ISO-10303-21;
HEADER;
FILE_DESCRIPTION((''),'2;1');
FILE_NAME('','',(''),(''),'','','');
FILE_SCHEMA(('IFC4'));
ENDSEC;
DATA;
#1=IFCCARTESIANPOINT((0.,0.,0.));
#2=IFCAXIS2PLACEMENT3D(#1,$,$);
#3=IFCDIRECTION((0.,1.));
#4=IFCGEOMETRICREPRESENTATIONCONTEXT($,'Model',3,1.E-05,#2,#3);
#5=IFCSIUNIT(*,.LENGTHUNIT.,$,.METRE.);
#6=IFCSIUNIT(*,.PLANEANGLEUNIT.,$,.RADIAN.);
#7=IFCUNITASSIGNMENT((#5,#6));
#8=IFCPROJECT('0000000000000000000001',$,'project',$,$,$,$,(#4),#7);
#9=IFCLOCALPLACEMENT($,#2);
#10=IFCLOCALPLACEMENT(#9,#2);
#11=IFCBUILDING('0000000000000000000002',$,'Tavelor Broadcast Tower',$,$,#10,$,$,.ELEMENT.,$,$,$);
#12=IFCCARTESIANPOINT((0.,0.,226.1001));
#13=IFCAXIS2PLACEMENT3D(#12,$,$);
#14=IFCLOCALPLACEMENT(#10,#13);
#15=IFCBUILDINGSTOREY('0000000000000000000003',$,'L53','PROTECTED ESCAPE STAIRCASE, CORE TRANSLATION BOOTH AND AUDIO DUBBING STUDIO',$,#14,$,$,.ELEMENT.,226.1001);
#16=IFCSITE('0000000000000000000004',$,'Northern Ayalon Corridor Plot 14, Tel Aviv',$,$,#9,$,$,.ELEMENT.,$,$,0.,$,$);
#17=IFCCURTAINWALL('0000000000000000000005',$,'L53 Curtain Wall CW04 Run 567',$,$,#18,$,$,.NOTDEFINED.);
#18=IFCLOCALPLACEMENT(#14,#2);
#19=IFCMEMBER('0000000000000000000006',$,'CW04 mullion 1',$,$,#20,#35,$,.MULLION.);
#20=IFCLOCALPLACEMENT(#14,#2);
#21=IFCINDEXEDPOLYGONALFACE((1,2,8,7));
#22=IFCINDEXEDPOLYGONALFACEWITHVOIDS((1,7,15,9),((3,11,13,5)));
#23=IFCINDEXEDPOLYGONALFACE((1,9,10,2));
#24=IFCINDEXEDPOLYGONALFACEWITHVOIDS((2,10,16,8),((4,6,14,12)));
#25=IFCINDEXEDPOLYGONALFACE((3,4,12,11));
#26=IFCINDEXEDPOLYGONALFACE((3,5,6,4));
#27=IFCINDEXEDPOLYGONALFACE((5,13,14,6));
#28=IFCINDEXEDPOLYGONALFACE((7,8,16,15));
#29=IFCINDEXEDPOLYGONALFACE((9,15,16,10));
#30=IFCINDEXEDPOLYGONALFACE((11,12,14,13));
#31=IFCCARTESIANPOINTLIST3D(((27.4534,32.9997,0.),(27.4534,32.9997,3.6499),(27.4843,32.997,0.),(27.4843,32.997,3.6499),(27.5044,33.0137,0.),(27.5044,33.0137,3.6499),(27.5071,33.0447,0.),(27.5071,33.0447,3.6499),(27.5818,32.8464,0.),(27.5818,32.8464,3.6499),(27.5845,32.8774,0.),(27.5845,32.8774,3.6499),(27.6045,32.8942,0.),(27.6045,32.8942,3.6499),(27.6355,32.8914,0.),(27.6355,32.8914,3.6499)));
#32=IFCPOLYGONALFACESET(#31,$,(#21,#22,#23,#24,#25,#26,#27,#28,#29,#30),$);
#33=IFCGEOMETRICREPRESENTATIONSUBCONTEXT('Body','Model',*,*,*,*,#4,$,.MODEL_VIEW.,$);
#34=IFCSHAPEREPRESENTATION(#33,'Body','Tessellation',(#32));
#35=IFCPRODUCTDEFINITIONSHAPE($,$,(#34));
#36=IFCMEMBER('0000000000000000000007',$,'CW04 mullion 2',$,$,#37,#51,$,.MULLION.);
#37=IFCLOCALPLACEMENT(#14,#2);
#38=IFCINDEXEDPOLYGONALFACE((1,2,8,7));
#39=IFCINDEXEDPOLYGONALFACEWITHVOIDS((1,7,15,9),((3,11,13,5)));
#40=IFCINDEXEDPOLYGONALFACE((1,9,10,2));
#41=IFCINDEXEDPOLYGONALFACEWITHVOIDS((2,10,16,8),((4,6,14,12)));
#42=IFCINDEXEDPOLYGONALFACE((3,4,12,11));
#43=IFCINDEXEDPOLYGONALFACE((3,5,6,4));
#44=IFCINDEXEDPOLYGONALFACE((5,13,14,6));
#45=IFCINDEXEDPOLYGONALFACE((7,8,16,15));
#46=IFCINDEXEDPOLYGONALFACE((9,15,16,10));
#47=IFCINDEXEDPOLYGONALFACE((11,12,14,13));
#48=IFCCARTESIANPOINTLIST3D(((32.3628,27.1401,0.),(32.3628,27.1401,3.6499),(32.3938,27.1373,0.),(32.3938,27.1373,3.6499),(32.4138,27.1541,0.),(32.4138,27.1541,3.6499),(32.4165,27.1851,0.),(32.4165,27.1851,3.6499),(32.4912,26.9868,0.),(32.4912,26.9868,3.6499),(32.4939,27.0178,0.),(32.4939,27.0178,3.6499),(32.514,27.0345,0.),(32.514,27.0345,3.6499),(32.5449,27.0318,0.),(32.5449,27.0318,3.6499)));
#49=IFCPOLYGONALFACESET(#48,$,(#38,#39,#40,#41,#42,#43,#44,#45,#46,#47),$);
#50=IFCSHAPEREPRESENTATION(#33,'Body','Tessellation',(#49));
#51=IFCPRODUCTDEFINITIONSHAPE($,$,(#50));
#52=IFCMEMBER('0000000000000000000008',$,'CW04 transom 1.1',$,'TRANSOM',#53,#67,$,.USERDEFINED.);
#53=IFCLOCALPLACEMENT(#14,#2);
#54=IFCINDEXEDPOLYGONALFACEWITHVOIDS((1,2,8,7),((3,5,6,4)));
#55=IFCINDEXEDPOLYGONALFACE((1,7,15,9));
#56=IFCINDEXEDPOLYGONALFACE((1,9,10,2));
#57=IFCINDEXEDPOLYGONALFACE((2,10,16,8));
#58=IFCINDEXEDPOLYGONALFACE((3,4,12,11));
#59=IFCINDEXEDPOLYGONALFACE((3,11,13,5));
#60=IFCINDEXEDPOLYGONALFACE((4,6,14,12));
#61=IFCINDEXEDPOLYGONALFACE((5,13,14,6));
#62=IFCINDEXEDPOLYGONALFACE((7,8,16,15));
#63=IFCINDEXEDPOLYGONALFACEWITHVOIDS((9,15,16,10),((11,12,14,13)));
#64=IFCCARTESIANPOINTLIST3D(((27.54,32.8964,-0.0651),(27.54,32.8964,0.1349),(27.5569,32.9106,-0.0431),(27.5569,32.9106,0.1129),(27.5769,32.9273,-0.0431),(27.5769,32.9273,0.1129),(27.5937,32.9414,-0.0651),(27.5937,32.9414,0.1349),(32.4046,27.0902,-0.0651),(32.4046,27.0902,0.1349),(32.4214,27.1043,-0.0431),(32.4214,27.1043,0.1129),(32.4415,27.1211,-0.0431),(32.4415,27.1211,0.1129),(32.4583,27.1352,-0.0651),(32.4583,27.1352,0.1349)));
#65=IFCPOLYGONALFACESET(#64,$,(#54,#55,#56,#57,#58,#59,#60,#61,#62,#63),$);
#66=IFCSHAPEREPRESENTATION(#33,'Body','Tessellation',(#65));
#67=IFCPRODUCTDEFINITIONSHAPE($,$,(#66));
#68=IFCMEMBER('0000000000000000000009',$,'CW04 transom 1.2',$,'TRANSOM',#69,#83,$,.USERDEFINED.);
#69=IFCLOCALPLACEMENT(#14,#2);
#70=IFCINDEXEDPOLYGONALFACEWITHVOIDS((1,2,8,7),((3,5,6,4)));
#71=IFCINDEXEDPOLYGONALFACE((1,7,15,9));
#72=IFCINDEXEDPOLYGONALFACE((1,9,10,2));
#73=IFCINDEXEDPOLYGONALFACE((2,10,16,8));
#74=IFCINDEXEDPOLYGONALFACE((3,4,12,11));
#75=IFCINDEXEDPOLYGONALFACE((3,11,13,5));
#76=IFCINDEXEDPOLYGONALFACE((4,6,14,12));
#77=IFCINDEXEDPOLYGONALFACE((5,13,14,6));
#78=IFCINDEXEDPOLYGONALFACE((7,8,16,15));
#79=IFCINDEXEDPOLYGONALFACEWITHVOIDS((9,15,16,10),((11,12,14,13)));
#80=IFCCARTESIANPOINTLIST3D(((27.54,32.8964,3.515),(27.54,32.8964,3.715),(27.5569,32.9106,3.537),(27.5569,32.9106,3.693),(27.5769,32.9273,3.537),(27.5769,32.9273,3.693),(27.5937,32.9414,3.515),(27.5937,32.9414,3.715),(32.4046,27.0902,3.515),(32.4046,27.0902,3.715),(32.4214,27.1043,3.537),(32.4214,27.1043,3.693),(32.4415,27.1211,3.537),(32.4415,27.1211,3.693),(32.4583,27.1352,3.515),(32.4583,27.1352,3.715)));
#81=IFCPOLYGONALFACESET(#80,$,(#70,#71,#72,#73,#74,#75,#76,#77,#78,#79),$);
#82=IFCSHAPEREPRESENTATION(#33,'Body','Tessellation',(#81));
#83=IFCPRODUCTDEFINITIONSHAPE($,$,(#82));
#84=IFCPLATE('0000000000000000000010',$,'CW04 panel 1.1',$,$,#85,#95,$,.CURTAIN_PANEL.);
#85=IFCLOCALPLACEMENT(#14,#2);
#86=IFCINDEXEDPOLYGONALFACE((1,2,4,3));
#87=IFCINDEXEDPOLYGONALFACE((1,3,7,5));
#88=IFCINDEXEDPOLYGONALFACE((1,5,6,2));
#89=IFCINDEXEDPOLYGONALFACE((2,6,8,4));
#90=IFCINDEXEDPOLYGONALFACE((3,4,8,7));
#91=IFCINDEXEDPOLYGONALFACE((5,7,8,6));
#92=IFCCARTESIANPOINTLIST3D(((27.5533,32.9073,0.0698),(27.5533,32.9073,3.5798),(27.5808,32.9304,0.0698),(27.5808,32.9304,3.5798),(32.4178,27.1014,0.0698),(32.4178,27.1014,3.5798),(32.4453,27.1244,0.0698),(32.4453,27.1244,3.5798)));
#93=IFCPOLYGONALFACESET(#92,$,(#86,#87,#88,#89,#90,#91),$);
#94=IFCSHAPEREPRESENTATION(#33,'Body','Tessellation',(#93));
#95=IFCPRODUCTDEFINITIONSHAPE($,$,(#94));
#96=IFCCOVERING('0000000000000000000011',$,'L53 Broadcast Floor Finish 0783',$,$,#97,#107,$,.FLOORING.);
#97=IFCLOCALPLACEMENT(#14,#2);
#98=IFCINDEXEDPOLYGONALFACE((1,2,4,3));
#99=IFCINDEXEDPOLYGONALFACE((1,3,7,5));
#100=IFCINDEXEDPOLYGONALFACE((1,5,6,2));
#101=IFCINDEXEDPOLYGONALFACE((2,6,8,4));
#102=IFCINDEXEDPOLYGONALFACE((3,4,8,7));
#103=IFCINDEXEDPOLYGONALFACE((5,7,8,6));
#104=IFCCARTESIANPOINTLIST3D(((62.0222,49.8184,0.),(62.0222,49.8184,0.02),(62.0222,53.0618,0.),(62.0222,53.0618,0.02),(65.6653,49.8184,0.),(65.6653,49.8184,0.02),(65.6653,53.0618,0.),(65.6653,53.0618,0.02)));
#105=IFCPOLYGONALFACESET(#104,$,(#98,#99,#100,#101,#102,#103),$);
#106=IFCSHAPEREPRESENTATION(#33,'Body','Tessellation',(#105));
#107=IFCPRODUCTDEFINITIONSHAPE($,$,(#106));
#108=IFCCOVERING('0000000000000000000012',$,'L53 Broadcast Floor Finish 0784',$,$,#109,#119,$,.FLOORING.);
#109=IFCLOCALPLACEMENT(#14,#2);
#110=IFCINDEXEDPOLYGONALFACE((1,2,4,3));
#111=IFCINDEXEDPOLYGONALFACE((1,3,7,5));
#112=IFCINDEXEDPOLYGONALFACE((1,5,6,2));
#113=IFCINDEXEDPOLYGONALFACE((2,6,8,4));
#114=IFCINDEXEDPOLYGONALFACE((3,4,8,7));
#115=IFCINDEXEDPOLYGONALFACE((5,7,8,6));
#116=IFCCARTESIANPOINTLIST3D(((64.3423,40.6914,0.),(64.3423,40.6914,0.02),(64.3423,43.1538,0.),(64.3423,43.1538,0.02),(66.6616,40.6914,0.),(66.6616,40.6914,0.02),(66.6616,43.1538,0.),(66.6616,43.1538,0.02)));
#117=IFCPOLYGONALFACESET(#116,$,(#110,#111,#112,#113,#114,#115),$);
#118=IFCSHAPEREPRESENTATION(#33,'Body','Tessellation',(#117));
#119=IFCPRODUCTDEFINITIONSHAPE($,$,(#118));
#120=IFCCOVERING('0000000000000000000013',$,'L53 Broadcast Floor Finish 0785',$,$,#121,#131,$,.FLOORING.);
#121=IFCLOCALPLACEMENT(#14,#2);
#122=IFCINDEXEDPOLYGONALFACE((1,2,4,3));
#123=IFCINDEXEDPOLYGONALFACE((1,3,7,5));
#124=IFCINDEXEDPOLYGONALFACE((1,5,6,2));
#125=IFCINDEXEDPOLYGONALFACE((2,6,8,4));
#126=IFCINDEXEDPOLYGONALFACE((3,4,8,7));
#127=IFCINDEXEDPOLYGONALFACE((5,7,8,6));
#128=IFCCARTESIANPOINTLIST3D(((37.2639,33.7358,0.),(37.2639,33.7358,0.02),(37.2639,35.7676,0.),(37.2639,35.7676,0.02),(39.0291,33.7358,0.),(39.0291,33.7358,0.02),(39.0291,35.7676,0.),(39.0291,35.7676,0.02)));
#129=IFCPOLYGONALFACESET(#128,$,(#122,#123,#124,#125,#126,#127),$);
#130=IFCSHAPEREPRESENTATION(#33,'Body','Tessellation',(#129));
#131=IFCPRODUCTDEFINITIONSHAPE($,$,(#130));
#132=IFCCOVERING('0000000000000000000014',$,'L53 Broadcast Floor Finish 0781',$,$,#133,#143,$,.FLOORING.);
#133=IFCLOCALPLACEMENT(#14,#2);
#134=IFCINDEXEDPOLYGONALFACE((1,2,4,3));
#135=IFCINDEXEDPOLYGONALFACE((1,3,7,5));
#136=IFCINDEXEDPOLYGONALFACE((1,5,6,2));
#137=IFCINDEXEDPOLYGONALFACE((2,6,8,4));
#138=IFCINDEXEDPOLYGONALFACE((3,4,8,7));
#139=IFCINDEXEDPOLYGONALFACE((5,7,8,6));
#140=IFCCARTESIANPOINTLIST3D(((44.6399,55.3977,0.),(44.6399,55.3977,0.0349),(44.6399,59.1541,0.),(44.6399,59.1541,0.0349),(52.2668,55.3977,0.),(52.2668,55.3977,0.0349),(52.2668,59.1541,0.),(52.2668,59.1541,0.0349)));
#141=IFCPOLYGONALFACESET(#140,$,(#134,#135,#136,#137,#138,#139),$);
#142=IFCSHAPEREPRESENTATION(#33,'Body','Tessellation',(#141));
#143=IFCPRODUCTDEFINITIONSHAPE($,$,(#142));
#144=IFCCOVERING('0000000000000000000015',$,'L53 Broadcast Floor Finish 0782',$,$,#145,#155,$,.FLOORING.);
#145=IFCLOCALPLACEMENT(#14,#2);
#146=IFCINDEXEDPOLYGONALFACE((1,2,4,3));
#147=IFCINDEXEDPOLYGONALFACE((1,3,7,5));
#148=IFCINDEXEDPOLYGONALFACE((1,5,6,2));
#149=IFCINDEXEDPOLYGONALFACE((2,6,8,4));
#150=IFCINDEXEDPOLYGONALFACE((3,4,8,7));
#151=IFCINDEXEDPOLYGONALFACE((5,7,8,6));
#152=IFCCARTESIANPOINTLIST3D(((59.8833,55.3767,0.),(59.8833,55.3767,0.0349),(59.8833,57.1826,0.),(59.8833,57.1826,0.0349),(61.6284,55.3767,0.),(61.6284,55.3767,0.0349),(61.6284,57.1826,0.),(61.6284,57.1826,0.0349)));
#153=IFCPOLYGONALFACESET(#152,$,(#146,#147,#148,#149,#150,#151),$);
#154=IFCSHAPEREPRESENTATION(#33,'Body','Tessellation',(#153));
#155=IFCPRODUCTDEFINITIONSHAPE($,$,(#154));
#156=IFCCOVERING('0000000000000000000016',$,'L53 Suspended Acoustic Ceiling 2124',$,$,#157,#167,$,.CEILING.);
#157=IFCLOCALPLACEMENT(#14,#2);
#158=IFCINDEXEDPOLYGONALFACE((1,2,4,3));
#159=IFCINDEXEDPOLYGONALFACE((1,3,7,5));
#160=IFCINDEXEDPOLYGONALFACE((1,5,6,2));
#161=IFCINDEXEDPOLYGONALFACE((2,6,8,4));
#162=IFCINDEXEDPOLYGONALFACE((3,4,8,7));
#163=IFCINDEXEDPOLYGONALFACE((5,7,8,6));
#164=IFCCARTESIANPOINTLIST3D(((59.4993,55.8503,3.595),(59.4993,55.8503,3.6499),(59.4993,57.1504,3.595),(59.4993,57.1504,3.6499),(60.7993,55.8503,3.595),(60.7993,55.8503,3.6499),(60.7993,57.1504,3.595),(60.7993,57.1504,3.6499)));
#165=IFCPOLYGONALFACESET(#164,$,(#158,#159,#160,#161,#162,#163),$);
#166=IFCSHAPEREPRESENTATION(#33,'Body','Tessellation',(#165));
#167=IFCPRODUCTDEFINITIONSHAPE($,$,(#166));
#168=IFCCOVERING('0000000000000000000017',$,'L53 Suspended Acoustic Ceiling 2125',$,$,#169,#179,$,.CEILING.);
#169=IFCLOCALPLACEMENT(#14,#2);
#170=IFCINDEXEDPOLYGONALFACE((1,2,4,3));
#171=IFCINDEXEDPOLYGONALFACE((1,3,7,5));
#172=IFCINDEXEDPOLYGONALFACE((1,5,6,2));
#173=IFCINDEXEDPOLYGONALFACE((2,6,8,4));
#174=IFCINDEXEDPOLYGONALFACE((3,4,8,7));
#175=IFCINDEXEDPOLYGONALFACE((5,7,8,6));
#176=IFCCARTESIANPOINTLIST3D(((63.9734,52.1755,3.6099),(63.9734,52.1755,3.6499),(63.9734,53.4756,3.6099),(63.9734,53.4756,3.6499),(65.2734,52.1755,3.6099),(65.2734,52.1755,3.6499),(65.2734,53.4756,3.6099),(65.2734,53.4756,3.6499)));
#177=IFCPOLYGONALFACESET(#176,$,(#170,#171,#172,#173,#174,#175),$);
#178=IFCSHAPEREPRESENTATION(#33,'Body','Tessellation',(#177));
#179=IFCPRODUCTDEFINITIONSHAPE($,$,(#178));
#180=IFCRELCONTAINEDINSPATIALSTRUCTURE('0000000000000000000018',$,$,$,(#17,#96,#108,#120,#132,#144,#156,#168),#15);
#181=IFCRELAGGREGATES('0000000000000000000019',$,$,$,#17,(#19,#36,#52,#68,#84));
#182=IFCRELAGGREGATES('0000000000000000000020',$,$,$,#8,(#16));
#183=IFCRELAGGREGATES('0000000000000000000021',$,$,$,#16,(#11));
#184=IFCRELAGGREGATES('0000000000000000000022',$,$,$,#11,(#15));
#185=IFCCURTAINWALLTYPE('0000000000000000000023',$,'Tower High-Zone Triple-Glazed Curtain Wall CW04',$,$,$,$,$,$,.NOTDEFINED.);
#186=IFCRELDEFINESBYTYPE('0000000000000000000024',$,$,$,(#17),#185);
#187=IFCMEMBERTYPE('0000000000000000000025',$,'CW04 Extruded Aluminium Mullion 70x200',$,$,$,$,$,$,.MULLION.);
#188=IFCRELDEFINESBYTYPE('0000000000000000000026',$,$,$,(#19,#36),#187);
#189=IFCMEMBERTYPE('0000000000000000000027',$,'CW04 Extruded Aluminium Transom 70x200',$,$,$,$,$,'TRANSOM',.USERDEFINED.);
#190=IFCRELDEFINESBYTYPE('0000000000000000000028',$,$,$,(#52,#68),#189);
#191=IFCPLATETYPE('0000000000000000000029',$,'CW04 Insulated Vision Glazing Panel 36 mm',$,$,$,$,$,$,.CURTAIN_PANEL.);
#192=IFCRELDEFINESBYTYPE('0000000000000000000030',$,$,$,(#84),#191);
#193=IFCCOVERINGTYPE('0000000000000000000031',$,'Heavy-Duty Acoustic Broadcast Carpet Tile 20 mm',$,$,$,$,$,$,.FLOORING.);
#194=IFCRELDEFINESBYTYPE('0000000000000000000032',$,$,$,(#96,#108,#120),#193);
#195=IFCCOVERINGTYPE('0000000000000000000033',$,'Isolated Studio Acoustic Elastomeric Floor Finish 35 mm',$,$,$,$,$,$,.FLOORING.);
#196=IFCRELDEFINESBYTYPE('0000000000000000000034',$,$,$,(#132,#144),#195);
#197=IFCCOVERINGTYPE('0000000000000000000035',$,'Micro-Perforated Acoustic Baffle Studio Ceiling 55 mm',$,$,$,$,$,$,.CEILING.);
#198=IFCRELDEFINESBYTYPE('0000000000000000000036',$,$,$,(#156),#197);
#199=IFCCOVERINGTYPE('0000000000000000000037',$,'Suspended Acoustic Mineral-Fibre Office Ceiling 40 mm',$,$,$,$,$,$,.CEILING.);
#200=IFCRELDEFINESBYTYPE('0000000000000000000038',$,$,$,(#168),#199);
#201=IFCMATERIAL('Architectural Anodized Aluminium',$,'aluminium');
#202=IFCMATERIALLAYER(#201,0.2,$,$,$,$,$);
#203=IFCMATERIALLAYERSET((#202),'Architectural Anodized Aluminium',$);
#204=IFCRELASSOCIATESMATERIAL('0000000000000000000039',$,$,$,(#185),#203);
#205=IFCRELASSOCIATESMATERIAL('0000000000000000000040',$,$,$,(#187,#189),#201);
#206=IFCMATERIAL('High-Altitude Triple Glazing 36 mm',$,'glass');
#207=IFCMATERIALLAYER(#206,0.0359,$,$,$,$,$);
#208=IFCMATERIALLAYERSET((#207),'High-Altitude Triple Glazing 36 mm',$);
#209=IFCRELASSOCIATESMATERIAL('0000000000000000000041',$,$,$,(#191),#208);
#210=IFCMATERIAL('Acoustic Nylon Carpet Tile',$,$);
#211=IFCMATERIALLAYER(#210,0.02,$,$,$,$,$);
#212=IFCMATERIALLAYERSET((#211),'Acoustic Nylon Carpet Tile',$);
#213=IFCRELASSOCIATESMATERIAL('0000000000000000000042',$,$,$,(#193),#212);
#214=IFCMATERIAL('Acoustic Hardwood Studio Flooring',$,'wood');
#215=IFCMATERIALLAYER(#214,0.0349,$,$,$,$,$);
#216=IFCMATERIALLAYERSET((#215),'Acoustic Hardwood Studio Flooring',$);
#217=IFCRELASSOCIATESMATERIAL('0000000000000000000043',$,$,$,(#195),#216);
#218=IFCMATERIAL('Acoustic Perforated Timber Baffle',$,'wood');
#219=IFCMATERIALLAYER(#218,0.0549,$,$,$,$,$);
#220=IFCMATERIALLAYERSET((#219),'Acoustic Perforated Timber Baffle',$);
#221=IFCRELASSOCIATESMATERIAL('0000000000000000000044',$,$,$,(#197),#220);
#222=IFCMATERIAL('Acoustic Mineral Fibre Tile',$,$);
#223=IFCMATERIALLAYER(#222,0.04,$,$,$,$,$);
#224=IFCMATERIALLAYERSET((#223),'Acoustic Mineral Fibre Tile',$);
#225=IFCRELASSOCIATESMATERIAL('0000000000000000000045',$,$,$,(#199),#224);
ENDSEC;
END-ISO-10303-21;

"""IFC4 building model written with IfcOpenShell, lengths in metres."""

from ifc_helpers import new_model, si_unit, direction, frame, origin, origin_2d, place, context, subcontext, project, spatial, polyline, rectangle, hollow_rectangle, outline, extrude, source, transform, mapped, material, layer, layer_set, material_profile, profile_set, type_object, type_shapes, element, aggregate, save


model = new_model("IFC4")

# Units and contexts
model_context = context("Model", 3, precision=1e-05, world=origin(), true_north=direction((0.0, 1.0)))
body_context = subcontext(model_context, "Body", "Model", "MODEL_VIEW")
ifc_project = project(units=[si_unit("LENGTHUNIT", "METRE"), si_unit("PLANEANGLEUNIT", "RADIAN")], contexts=[model_context])

# Site, building, storey
site_placement = place(None, origin())
site = spatial("IfcSite", under=ifc_project, at=site_placement, Name="Northern Ayalon Corridor Plot 14, Tel Aviv", CompositionType="ELEMENT", RefElevation=0.0)
building_placement = place(site_placement, origin())
building = spatial("IfcBuilding", under=site, at=building_placement, Name="Tavelor Broadcast Tower", CompositionType="ELEMENT")
storey_placement = place(building_placement, frame((0.0, 0.0, 226.1001)))
storey = spatial("IfcBuildingStorey", under=building, at=storey_placement, Name="L53", Description="PROTECTED ESCAPE STAIRCASE, CORE TRANSLATION BOOTH AND AUDIO DUBBING STUDIO", CompositionType="ELEMENT", Elevation=226.1001)

# Curtain wall, members, plate
ifc_material_1 = material(Name="Architectural Anodized Aluminium", Category="aluminium")
ifc_layer_1 = layer(ifc_material_1, 0.2)
ifc_layer_set_1 = layer_set([ifc_layer_1], Name="Architectural Anodized Aluminium")
curtain_wall_type = type_object("IfcCurtainWallType", Name="Tower High-Zone Triple-Glazed Curtain Wall CW04", PredefinedType="NOTDEFINED", material=ifc_layer_set_1)
curtain_wall_placement = place(storey_placement, origin())
curtain_wall = element("IfcCurtainWall", 1, at=curtain_wall_placement, inside=storey, type_object=curtain_wall_type, Name="L53 Curtain Wall CW04 Run 567", PredefinedType="NOTDEFINED")
ifc_material_profile_1 = material_profile(ifc_material_1, hollow_rectangle(XDim=0.0701, YDim=0.2, WallThickness=0.022, at=origin_2d()), Name="RHS 70x200x22")
ifc_profile_set_1 = profile_set([ifc_material_profile_1], Name="Architectural Anodized Aluminium")
member_type_1 = type_object("IfcMemberType", Name="CW04 Extruded Aluminium Mullion 70x200", PredefinedType="MULLION", material=ifc_profile_set_1)
shared_shape_1 = source(origin(), body_context, "Body", "SweptSolid", [
    extrude(hollow_rectangle(XDim=0.0701, YDim=0.2, WallThickness=0.022, at=origin_2d()), origin(), (0.0, 0.0, 1.0), 3.6499),
])
type_shapes(member_type_1, [shared_shape_1])
member_1_placement = place(storey_placement, frame((27.5444, 32.9456, 0.0), z_axis=(0.0, 0.0, 1.0), x_axis=(0.76652, 0.642221, 0.0)))
member_1 = element("IfcMember", 2, at=member_1_placement, type_object=member_type_1, Name="CW04 mullion 1", PredefinedType="MULLION", context=body_context, shape_type="MappedRepresentation", body=[
    mapped(shared_shape_1, transform((0.0, 0.0, 0.0), scale=1.0)),
])
member_2_placement = place(storey_placement, frame((32.4539, 27.0859, 0.0), z_axis=(0.0, 0.0, 1.0), x_axis=(0.76652, 0.642221, 0.0)))
member_2 = element("IfcMember", 3, at=member_2_placement, type_object=member_type_1, Name="CW04 mullion 2", PredefinedType="MULLION", context=body_context, shape_type="MappedRepresentation", body=[
    mapped(shared_shape_1, transform((0.0, 0.0, 0.0), scale=1.0)),
])
ifc_material_profile_2 = material_profile(ifc_material_1, hollow_rectangle(XDim=0.0701, YDim=0.2, WallThickness=0.022, at=origin_2d()), Name="RHS 70x200x22")
ifc_profile_set_2 = profile_set([ifc_material_profile_2], Name="Architectural Anodized Aluminium")
member_type_2 = type_object("IfcMemberType", Name="CW04 Extruded Aluminium Transom 70x200", ElementType="TRANSOM", PredefinedType="USERDEFINED", material=ifc_profile_set_2)
shared_shape_2 = source(origin(), body_context, "Body", "SweptSolid", [
    extrude(hollow_rectangle(XDim=0.0701, YDim=0.2, WallThickness=0.022, at=origin_2d()), origin(), (0.0, 0.0, 1.0), 7.5747),
])
type_shapes(member_type_2, [shared_shape_2])
member_3_placement = place(storey_placement, frame((27.5669, 32.9189, 0.0349), z_axis=(0.642211, -0.766528, 0.0), x_axis=(0.766528, 0.642211, 0.0)))
member_3 = element("IfcMember", 4, at=member_3_placement, type_object=member_type_2, Name="CW04 transom 1.1", ObjectType="TRANSOM", PredefinedType="USERDEFINED", context=body_context, shape_type="MappedRepresentation", body=[
    mapped(shared_shape_2, transform((0.0, 0.0, 0.0), scale=1.0)),
])
member_4_placement = place(storey_placement, frame((27.5669, 32.9189, 3.615), z_axis=(0.642211, -0.766528, 0.0), x_axis=(0.766528, 0.642211, 0.0)))
member_4 = element("IfcMember", 5, at=member_4_placement, type_object=member_type_2, Name="CW04 transom 1.2", ObjectType="TRANSOM", PredefinedType="USERDEFINED", context=body_context, shape_type="MappedRepresentation", body=[
    mapped(shared_shape_2, transform((0.0, 0.0, 0.0), scale=1.0)),
])
ifc_material_2 = material(Name="High-Altitude Triple Glazing 36 mm", Category="glass")
ifc_layer_2 = layer(ifc_material_2, 0.0359)
ifc_layer_set_2 = layer_set([ifc_layer_2], Name="High-Altitude Triple Glazing 36 mm")
plate_type = type_object("IfcPlateType", Name="CW04 Insulated Vision Glazing Panel 36 mm", PredefinedType="CURTAIN_PANEL", material=ifc_layer_set_2)
shared_shape_3 = source(origin(), body_context, "Body", "SweptSolid", [
    extrude(rectangle(XDim=7.5745, YDim=0.0359, at=origin_2d()), origin(), (0.0, 0.0, 1.0), 3.51),
])
type_shapes(plate_type, [shared_shape_3])
plate_placement = place(storey_placement, frame((29.9993, 30.0159, 0.0698), z_axis=(0.0, 0.0, 1.0), x_axis=(0.642221, -0.76652, 0.0)))
plate = element("IfcPlate", 6, at=plate_placement, type_object=plate_type, Name="CW04 panel 1.1", PredefinedType="CURTAIN_PANEL", context=body_context, shape_type="MappedRepresentation", body=[
    mapped(shared_shape_3, transform((0.0, 0.0, 0.0), scale=1.0)),
])
aggregate(curtain_wall, [member_1, member_2, member_3, member_4, plate])

# Coverings
ifc_material_3 = material(Name="Acoustic Nylon Carpet Tile")
ifc_layer_3 = layer(ifc_material_3, 0.02)
ifc_layer_set_3 = layer_set([ifc_layer_3], Name="Acoustic Nylon Carpet Tile")
covering_type_1 = type_object("IfcCoveringType", Name="Heavy-Duty Acoustic Broadcast Carpet Tile 20 mm", PredefinedType="FLOORING", material=ifc_layer_set_3)
covering_1_placement = place(storey_placement, origin())
element("IfcCovering", 7, at=covering_1_placement, inside=storey, type_object=covering_type_1, Name="L53 Broadcast Floor Finish 0783", PredefinedType="FLOORING", context=body_context, shape_type="SweptSolid", body=[
    extrude(outline(polyline([(62.0222, 49.8184), (65.6653, 49.8184), (65.6653, 53.0618), (62.0222, 53.0618), (62.0222, 49.8184)])), origin(), (0.0, 0.0, 1.0), 0.02),
])
covering_2_placement = place(storey_placement, origin())
element("IfcCovering", 8, at=covering_2_placement, inside=storey, type_object=covering_type_1, Name="L53 Broadcast Floor Finish 0784", PredefinedType="FLOORING", context=body_context, shape_type="SweptSolid", body=[
    extrude(outline(polyline([(64.3423, 40.6914), (66.6616, 40.6914), (66.6616, 43.1538), (64.3423, 43.1538), (64.3423, 40.6914)])), origin(), (0.0, 0.0, 1.0), 0.02),
])
covering_3_placement = place(storey_placement, origin())
element("IfcCovering", 9, at=covering_3_placement, inside=storey, type_object=covering_type_1, Name="L53 Broadcast Floor Finish 0785", PredefinedType="FLOORING", context=body_context, shape_type="SweptSolid", body=[
    extrude(outline(polyline([(37.2639, 33.7358), (39.0291, 33.7358), (39.0291, 35.7676), (37.2639, 35.7676), (37.2639, 33.7358)])), origin(), (0.0, 0.0, 1.0), 0.02),
])
ifc_material_4 = material(Name="Acoustic Hardwood Studio Flooring", Category="wood")
ifc_layer_4 = layer(ifc_material_4, 0.0349)
ifc_layer_set_4 = layer_set([ifc_layer_4], Name="Acoustic Hardwood Studio Flooring")
covering_type_2 = type_object("IfcCoveringType", Name="Isolated Studio Acoustic Elastomeric Floor Finish 35 mm", PredefinedType="FLOORING", material=ifc_layer_set_4)
covering_4_placement = place(storey_placement, origin())
element("IfcCovering", 10, at=covering_4_placement, inside=storey, type_object=covering_type_2, Name="L53 Broadcast Floor Finish 0781", PredefinedType="FLOORING", context=body_context, shape_type="SweptSolid", body=[
    extrude(outline(polyline([(44.6399, 55.3977), (52.2668, 55.3977), (52.2668, 59.1541), (44.6399, 59.1541), (44.6399, 55.3977)])), origin(), (0.0, 0.0, 1.0), 0.0349),
])
covering_5_placement = place(storey_placement, origin())
element("IfcCovering", 11, at=covering_5_placement, inside=storey, type_object=covering_type_2, Name="L53 Broadcast Floor Finish 0782", PredefinedType="FLOORING", context=body_context, shape_type="SweptSolid", body=[
    extrude(outline(polyline([(59.8833, 55.3767), (61.6284, 55.3767), (61.6284, 57.1826), (59.8833, 57.1826), (59.8833, 55.3767)])), origin(), (0.0, 0.0, 1.0), 0.0349),
])
ifc_material_5 = material(Name="Acoustic Perforated Timber Baffle", Category="wood")
ifc_layer_5 = layer(ifc_material_5, 0.0549)
ifc_layer_set_5 = layer_set([ifc_layer_5], Name="Acoustic Perforated Timber Baffle")
covering_type_3 = type_object("IfcCoveringType", Name="Micro-Perforated Acoustic Baffle Studio Ceiling 55 mm", PredefinedType="CEILING", material=ifc_layer_set_5)
covering_6_placement = place(storey_placement, frame((0.0, 0.0, 3.595)))
element("IfcCovering", 12, at=covering_6_placement, inside=storey, type_object=covering_type_3, Name="L53 Suspended Acoustic Ceiling 2124", PredefinedType="CEILING", context=body_context, shape_type="SweptSolid", body=[
    extrude(outline(polyline([(59.4993, 55.8503), (60.7993, 55.8503), (60.7993, 57.1504), (59.4993, 57.1504), (59.4993, 55.8503)])), origin(), (0.0, 0.0, 1.0), 0.0549),
])
ifc_material_6 = material(Name="Acoustic Mineral Fibre Tile")
ifc_layer_6 = layer(ifc_material_6, 0.04)
ifc_layer_set_6 = layer_set([ifc_layer_6], Name="Acoustic Mineral Fibre Tile")
covering_type_4 = type_object("IfcCoveringType", Name="Suspended Acoustic Mineral-Fibre Office Ceiling 40 mm", PredefinedType="CEILING", material=ifc_layer_set_6)
covering_7_placement = place(storey_placement, frame((0.0, 0.0, 3.6099)))
element("IfcCovering", 13, at=covering_7_placement, inside=storey, type_object=covering_type_4, Name="L53 Suspended Acoustic Ceiling 2125", PredefinedType="CEILING", context=body_context, shape_type="SweptSolid", body=[
    extrude(outline(polyline([(63.9734, 52.1755), (65.2734, 52.1755), (65.2734, 53.4756), (63.9734, 53.4756), (63.9734, 52.1755)])), origin(), (0.0, 0.0, 1.0), 0.04),
])

save(model, "model.ifc")
